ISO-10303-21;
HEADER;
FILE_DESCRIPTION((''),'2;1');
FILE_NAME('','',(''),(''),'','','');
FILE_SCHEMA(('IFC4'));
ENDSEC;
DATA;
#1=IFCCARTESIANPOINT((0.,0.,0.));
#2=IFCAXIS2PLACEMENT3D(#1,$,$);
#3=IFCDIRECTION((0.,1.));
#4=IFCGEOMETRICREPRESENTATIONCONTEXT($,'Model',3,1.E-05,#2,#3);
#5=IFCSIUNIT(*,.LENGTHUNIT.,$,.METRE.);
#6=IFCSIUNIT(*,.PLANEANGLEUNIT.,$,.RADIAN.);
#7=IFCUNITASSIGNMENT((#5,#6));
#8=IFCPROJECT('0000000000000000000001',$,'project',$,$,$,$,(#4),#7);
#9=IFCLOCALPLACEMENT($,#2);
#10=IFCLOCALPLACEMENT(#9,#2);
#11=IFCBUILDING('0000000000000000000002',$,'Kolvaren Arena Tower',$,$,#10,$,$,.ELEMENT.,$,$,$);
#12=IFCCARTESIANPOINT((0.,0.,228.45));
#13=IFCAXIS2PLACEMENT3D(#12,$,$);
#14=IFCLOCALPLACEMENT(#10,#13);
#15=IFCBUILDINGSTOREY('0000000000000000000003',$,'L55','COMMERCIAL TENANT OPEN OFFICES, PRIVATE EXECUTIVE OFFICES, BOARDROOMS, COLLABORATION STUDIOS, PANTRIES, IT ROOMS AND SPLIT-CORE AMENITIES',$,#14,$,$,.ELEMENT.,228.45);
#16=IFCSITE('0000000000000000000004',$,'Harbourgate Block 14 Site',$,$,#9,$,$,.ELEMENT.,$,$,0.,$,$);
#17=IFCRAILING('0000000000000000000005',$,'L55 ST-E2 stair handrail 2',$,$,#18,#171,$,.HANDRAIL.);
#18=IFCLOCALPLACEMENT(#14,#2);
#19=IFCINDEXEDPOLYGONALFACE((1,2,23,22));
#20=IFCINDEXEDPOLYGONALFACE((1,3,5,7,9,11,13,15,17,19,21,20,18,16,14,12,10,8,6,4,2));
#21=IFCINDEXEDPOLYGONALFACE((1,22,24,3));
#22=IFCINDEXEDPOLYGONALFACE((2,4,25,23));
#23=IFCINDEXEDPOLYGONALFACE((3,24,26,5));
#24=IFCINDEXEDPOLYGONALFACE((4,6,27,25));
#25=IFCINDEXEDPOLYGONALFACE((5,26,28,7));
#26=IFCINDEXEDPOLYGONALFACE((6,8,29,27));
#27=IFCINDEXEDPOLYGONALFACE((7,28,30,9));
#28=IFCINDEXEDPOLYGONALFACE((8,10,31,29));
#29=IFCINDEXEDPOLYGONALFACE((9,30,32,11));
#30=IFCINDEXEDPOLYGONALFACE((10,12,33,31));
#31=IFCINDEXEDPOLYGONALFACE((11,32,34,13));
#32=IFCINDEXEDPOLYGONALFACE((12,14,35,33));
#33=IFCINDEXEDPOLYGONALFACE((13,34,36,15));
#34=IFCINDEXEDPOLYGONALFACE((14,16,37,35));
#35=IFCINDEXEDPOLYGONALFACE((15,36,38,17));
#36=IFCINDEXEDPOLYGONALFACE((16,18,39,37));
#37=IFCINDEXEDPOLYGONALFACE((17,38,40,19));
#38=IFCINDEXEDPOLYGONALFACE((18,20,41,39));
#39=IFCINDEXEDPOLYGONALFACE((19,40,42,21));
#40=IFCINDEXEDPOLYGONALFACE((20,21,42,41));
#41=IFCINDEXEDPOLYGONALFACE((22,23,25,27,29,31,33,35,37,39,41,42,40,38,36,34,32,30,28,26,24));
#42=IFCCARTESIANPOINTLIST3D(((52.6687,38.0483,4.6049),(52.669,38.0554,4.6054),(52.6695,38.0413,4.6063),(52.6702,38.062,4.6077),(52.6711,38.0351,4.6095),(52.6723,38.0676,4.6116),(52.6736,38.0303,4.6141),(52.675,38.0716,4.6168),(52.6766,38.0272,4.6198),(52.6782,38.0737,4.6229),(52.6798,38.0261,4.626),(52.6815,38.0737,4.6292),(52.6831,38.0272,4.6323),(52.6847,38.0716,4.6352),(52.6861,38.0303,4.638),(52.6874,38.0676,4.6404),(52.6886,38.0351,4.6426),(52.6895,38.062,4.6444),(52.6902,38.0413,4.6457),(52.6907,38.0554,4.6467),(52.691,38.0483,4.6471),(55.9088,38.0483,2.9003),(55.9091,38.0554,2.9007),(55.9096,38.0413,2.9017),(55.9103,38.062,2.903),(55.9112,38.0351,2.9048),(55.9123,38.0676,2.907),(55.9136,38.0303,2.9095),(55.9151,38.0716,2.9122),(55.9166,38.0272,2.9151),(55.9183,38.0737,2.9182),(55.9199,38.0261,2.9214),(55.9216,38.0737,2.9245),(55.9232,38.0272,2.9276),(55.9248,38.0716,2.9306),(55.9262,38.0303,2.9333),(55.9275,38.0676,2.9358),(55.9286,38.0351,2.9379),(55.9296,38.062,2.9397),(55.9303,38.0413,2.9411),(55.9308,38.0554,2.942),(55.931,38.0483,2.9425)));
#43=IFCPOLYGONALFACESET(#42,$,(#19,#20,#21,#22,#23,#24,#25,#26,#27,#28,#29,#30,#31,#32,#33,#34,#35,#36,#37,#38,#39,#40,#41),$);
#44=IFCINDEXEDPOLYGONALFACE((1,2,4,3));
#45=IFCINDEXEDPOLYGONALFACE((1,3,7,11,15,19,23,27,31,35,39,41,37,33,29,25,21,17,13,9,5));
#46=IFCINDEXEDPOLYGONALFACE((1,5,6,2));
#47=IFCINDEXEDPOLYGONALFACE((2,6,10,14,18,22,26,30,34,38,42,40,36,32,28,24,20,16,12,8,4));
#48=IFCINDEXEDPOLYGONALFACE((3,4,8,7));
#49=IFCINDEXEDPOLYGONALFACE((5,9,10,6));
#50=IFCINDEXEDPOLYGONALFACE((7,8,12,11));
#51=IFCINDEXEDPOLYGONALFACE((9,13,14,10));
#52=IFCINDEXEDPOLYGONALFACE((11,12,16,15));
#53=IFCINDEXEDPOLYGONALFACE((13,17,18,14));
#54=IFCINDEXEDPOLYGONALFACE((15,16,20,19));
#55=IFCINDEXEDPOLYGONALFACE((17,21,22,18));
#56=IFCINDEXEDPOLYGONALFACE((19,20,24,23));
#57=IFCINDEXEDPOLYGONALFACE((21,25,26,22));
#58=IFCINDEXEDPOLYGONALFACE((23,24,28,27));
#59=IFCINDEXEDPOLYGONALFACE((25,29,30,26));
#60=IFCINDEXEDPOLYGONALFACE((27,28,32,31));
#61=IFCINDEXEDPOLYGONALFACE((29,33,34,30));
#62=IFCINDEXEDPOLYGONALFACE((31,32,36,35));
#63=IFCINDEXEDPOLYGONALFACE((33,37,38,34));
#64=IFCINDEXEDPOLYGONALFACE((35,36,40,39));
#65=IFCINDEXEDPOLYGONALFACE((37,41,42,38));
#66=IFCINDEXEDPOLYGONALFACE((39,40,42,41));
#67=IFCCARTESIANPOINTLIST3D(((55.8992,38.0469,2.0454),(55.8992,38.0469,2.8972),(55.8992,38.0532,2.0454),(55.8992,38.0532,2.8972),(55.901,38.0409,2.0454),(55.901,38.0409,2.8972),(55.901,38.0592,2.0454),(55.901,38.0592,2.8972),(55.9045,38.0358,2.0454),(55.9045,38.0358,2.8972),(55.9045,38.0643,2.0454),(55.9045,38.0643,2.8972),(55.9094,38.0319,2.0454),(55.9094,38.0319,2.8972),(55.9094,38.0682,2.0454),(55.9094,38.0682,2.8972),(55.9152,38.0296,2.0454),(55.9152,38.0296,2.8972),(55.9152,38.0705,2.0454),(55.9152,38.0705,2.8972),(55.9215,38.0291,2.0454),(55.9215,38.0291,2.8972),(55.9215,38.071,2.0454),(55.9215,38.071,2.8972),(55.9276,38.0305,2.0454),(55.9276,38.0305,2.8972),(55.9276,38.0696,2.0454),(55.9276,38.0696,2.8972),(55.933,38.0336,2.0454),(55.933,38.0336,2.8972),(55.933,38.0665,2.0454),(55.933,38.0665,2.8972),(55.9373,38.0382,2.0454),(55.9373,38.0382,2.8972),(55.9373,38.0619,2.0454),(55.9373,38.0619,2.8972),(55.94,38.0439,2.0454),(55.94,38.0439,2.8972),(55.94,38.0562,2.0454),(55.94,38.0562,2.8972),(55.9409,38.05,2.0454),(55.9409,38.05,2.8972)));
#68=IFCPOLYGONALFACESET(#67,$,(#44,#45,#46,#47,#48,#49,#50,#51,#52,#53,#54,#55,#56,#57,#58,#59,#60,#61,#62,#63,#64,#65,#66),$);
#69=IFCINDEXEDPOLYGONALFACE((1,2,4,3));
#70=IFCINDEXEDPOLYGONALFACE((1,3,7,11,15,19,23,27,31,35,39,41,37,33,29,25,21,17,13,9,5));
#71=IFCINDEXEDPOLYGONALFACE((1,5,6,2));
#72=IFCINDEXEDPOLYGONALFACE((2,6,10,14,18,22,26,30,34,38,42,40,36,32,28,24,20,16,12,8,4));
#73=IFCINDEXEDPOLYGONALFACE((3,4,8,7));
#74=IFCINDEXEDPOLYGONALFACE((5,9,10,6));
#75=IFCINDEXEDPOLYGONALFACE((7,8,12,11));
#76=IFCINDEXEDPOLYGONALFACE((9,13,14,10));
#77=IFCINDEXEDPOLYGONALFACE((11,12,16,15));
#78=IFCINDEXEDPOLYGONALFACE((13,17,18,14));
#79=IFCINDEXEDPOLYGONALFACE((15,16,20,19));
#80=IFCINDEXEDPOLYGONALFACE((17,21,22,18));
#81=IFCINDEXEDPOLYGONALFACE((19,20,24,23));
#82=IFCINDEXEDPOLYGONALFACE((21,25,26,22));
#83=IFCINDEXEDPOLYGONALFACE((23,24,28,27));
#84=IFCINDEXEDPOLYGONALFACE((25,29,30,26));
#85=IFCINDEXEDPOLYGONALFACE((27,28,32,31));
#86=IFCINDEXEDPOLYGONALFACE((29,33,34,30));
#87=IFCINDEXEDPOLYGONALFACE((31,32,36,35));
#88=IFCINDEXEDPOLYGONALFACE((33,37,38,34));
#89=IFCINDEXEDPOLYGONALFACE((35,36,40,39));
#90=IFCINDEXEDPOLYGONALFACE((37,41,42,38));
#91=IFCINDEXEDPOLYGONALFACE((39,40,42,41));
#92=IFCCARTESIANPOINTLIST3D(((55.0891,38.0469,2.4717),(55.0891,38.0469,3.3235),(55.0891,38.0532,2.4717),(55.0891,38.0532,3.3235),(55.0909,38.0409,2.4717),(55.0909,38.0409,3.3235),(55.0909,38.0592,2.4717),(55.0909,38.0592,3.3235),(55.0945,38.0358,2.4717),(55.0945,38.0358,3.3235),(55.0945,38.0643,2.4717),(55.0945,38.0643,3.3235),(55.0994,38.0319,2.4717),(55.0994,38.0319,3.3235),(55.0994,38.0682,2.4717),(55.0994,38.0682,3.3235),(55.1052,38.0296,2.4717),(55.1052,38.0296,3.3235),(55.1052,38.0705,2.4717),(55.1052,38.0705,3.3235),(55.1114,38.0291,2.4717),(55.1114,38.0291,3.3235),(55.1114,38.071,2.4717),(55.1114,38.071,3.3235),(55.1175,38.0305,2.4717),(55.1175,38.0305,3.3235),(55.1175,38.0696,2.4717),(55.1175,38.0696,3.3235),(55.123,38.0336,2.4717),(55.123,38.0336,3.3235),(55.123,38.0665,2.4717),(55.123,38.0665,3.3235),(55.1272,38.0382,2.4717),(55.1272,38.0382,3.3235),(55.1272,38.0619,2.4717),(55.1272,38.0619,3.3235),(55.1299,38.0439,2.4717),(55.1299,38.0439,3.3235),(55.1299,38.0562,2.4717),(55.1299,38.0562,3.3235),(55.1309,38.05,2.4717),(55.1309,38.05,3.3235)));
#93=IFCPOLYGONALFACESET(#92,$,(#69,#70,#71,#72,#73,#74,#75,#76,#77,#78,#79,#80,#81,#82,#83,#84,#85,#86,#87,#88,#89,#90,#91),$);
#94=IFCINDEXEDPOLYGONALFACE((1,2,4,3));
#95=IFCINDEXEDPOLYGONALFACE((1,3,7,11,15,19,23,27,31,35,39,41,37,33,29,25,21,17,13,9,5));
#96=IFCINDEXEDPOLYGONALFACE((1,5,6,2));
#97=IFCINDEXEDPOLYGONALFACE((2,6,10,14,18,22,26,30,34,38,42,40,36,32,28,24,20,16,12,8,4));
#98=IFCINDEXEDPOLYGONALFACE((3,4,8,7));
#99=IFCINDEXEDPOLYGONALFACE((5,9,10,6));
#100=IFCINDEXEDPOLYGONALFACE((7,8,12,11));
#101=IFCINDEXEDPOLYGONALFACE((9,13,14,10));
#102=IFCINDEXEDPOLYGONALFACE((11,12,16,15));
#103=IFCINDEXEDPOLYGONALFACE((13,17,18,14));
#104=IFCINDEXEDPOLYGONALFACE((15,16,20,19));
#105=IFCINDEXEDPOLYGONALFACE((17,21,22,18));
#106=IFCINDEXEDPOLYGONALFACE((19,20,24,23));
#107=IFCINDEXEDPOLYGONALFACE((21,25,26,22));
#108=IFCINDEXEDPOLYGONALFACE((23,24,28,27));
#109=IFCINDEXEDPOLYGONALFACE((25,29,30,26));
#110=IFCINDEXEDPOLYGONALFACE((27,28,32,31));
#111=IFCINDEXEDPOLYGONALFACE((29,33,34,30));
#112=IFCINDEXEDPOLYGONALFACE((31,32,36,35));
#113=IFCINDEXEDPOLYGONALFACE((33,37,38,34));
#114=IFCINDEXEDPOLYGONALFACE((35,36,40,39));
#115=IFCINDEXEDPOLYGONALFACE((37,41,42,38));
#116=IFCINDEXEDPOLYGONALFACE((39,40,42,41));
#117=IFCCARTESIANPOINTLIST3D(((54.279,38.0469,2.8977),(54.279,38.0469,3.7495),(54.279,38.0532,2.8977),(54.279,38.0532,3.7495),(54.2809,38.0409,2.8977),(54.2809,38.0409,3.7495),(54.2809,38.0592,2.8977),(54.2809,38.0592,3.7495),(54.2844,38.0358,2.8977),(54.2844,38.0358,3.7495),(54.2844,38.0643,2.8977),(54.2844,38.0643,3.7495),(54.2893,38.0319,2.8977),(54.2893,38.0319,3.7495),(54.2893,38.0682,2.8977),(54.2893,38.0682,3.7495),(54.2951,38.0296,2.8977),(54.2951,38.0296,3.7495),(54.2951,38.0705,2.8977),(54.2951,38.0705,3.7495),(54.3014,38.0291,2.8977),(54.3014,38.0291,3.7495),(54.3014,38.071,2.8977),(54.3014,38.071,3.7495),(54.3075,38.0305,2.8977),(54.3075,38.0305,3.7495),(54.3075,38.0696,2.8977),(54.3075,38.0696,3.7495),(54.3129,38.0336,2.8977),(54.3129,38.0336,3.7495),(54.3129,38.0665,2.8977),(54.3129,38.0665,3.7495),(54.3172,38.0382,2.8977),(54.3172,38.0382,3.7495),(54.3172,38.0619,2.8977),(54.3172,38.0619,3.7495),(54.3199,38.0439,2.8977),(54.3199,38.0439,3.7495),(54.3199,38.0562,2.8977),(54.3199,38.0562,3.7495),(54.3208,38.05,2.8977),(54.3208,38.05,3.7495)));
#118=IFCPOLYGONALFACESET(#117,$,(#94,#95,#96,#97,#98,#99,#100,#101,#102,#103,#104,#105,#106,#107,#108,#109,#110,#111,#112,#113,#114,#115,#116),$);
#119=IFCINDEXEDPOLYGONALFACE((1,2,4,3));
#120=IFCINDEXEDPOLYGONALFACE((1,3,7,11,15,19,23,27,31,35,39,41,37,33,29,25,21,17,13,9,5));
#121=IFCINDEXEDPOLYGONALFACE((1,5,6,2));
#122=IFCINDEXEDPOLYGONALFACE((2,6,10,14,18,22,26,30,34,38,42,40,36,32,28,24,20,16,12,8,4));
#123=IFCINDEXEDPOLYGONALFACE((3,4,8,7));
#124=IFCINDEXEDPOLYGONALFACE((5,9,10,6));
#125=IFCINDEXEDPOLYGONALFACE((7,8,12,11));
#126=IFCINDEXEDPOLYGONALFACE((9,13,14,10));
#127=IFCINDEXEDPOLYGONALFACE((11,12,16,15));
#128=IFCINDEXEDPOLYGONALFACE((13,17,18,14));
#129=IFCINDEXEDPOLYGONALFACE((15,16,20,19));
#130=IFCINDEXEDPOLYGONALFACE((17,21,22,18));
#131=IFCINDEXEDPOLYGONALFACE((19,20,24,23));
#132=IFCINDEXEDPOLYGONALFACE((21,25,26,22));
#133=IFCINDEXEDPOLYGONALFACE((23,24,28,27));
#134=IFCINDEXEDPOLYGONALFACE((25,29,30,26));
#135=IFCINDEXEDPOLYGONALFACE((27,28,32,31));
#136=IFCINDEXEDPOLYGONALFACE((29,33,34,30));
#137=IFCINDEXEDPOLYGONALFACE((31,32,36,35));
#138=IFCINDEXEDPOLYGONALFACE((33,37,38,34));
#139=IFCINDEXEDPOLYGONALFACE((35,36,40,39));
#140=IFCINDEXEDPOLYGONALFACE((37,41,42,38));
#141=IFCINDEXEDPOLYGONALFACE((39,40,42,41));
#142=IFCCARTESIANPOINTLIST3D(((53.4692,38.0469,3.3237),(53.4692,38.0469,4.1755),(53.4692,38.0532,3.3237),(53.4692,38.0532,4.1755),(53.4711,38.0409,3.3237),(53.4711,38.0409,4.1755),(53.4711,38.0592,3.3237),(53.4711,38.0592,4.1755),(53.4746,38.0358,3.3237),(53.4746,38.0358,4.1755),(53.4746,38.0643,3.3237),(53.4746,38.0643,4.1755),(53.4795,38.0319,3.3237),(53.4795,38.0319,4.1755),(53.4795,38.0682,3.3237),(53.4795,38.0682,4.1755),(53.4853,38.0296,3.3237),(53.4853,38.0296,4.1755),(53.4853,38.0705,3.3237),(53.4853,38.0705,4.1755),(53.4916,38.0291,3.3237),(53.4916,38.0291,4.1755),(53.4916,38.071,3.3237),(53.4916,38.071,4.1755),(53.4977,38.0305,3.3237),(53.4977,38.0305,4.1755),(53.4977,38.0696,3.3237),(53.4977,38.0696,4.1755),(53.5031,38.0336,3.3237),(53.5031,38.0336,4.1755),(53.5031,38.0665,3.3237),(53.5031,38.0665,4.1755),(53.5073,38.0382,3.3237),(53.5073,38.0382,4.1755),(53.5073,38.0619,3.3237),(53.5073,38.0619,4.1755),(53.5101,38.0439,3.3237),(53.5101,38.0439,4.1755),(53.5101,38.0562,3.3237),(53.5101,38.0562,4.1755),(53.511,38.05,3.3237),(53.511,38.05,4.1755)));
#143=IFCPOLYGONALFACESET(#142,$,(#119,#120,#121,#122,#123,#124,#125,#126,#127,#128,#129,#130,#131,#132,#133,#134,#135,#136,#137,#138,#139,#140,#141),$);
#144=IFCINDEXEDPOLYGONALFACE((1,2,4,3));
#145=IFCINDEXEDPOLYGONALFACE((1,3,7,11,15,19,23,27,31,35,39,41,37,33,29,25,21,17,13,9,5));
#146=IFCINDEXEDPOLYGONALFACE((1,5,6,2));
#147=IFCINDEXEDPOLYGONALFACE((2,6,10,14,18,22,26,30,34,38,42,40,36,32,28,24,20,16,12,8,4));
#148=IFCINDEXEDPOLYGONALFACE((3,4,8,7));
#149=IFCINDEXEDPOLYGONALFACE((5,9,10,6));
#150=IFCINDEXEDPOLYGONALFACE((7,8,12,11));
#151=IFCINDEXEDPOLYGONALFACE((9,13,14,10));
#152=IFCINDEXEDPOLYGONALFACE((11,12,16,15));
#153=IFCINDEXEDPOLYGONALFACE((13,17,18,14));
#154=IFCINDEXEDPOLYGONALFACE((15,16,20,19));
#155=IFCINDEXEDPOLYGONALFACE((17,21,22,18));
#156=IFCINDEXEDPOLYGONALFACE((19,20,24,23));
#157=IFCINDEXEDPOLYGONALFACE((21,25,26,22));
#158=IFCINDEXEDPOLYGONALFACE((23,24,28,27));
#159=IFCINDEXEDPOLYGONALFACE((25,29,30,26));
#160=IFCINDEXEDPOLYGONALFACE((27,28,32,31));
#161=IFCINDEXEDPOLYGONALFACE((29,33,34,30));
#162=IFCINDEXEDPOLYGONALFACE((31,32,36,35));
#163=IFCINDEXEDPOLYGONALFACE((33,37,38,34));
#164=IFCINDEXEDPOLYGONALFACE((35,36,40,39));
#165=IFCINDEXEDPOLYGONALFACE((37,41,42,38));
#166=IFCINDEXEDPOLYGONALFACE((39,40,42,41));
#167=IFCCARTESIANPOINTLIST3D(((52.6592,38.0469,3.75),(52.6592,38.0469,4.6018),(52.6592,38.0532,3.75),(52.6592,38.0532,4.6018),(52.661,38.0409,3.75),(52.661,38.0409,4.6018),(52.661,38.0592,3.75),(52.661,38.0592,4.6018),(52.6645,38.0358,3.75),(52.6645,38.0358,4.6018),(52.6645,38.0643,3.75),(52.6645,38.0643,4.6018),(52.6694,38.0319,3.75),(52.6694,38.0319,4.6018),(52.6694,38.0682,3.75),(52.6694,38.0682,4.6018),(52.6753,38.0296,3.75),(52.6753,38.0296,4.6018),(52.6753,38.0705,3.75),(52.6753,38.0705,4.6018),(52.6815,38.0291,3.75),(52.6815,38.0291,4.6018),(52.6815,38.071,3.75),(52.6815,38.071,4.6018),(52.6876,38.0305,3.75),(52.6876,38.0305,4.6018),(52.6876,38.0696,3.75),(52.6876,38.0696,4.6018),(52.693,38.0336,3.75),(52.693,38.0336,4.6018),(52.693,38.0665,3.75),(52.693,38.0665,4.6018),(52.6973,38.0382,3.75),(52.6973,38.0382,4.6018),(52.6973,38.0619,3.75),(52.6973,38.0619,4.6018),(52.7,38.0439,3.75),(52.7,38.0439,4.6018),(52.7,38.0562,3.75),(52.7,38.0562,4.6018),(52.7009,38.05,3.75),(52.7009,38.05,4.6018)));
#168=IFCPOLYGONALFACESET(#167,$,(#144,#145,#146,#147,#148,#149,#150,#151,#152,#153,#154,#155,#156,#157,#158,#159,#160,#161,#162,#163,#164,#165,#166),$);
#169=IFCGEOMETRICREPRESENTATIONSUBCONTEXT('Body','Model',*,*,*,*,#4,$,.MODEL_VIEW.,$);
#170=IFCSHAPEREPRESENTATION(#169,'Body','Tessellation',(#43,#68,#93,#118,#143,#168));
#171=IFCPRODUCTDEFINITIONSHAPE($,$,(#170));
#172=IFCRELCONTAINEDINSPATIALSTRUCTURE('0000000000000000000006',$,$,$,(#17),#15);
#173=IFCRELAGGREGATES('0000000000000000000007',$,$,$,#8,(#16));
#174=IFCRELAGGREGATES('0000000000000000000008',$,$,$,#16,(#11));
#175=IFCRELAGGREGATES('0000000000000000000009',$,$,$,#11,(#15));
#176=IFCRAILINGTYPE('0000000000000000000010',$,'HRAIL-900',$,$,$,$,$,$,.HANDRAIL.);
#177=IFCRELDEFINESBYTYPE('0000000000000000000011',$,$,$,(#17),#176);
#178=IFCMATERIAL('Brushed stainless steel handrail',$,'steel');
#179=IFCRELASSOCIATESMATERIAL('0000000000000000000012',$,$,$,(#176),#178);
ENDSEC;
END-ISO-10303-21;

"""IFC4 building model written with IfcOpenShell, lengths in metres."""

from ifc_helpers import new_model, si_unit, direction, frame, origin, origin_2d, place, context, subcontext, project, spatial, circle, extrude, material, type_object, element, save


model = new_model("IFC4")

# Units and contexts
model_context = context("Model", 3, precision=1e-05, world=origin(), true_north=direction((0.0, 1.0)))
body_context = subcontext(model_context, "Body", "Model", "MODEL_VIEW")
ifc_project = project(units=[si_unit("LENGTHUNIT", "METRE"), si_unit("PLANEANGLEUNIT", "RADIAN")], contexts=[model_context])

# Site, building, storey
site_placement = place(None, origin())
site = spatial("IfcSite", under=ifc_project, at=site_placement, Name="Harbourgate Block 14 Site", CompositionType="ELEMENT", RefElevation=0.0)
building_placement = place(site_placement, origin())
building = spatial("IfcBuilding", under=site, at=building_placement, Name="Kolvaren Arena Tower", CompositionType="ELEMENT")
storey_placement = place(building_placement, frame((0.0, 0.0, 228.45)))
storey = spatial("IfcBuildingStorey", under=building, at=storey_placement, Name="L55", Description="COMMERCIAL TENANT OPEN OFFICES, PRIVATE EXECUTIVE OFFICES, BOARDROOMS, COLLABORATION STUDIOS, PANTRIES, IT ROOMS AND SPLIT-CORE AMENITIES", CompositionType="ELEMENT", Elevation=228.45)

# Railing
ifc_material_1 = material(Name="Brushed stainless steel handrail", Category="steel")
railing_type_1 = type_object("IfcRailingType", Name="HRAIL-900", PredefinedType="HANDRAIL", material=ifc_material_1)
for number, where, name in (
    (1, (55.9199, 38.05, 2.0454), "L55 ST-E2 stair handrail 2"),
):
    element("IfcRailing", number, at=place(storey_placement, frame(where)), inside=storey, type_object=railing_type_1, Name=name, PredefinedType="HANDRAIL", context=body_context, shape_type="SweptSolid", body=[
        extrude(circle(Radius=0.0239, at=origin_2d()), frame((0.0, 0.0, 0.876), z_axis=(-0.884993, 0.0, 0.465604), x_axis=(0.0, -1.0, 0.0)), (0.0, 0.0, 1.0), 3.6611),
        extrude(circle(Radius=0.021, at=origin_2d()), origin(), (0.0, 0.0, 1.0), 0.8518),
        extrude(circle(Radius=0.021, at=origin_2d()), frame((-0.8101, 0.0, 0.4263)), (0.0, 0.0, 1.0), 0.8518),
        extrude(circle(Radius=0.021, at=origin_2d()), frame((-1.6201, 0.0, 0.8523)), (0.0, 0.0, 1.0), 0.8518),
        extrude(circle(Radius=0.021, at=origin_2d()), frame((-2.4299, 0.0, 1.2783)), (0.0, 0.0, 1.0), 0.8518),
        extrude(circle(Radius=0.021, at=origin_2d()), frame((-3.24, 0.0, 1.7046)), (0.0, 0.0, 1.0), 0.8518),
    ])

save(model, "model.ifc")
